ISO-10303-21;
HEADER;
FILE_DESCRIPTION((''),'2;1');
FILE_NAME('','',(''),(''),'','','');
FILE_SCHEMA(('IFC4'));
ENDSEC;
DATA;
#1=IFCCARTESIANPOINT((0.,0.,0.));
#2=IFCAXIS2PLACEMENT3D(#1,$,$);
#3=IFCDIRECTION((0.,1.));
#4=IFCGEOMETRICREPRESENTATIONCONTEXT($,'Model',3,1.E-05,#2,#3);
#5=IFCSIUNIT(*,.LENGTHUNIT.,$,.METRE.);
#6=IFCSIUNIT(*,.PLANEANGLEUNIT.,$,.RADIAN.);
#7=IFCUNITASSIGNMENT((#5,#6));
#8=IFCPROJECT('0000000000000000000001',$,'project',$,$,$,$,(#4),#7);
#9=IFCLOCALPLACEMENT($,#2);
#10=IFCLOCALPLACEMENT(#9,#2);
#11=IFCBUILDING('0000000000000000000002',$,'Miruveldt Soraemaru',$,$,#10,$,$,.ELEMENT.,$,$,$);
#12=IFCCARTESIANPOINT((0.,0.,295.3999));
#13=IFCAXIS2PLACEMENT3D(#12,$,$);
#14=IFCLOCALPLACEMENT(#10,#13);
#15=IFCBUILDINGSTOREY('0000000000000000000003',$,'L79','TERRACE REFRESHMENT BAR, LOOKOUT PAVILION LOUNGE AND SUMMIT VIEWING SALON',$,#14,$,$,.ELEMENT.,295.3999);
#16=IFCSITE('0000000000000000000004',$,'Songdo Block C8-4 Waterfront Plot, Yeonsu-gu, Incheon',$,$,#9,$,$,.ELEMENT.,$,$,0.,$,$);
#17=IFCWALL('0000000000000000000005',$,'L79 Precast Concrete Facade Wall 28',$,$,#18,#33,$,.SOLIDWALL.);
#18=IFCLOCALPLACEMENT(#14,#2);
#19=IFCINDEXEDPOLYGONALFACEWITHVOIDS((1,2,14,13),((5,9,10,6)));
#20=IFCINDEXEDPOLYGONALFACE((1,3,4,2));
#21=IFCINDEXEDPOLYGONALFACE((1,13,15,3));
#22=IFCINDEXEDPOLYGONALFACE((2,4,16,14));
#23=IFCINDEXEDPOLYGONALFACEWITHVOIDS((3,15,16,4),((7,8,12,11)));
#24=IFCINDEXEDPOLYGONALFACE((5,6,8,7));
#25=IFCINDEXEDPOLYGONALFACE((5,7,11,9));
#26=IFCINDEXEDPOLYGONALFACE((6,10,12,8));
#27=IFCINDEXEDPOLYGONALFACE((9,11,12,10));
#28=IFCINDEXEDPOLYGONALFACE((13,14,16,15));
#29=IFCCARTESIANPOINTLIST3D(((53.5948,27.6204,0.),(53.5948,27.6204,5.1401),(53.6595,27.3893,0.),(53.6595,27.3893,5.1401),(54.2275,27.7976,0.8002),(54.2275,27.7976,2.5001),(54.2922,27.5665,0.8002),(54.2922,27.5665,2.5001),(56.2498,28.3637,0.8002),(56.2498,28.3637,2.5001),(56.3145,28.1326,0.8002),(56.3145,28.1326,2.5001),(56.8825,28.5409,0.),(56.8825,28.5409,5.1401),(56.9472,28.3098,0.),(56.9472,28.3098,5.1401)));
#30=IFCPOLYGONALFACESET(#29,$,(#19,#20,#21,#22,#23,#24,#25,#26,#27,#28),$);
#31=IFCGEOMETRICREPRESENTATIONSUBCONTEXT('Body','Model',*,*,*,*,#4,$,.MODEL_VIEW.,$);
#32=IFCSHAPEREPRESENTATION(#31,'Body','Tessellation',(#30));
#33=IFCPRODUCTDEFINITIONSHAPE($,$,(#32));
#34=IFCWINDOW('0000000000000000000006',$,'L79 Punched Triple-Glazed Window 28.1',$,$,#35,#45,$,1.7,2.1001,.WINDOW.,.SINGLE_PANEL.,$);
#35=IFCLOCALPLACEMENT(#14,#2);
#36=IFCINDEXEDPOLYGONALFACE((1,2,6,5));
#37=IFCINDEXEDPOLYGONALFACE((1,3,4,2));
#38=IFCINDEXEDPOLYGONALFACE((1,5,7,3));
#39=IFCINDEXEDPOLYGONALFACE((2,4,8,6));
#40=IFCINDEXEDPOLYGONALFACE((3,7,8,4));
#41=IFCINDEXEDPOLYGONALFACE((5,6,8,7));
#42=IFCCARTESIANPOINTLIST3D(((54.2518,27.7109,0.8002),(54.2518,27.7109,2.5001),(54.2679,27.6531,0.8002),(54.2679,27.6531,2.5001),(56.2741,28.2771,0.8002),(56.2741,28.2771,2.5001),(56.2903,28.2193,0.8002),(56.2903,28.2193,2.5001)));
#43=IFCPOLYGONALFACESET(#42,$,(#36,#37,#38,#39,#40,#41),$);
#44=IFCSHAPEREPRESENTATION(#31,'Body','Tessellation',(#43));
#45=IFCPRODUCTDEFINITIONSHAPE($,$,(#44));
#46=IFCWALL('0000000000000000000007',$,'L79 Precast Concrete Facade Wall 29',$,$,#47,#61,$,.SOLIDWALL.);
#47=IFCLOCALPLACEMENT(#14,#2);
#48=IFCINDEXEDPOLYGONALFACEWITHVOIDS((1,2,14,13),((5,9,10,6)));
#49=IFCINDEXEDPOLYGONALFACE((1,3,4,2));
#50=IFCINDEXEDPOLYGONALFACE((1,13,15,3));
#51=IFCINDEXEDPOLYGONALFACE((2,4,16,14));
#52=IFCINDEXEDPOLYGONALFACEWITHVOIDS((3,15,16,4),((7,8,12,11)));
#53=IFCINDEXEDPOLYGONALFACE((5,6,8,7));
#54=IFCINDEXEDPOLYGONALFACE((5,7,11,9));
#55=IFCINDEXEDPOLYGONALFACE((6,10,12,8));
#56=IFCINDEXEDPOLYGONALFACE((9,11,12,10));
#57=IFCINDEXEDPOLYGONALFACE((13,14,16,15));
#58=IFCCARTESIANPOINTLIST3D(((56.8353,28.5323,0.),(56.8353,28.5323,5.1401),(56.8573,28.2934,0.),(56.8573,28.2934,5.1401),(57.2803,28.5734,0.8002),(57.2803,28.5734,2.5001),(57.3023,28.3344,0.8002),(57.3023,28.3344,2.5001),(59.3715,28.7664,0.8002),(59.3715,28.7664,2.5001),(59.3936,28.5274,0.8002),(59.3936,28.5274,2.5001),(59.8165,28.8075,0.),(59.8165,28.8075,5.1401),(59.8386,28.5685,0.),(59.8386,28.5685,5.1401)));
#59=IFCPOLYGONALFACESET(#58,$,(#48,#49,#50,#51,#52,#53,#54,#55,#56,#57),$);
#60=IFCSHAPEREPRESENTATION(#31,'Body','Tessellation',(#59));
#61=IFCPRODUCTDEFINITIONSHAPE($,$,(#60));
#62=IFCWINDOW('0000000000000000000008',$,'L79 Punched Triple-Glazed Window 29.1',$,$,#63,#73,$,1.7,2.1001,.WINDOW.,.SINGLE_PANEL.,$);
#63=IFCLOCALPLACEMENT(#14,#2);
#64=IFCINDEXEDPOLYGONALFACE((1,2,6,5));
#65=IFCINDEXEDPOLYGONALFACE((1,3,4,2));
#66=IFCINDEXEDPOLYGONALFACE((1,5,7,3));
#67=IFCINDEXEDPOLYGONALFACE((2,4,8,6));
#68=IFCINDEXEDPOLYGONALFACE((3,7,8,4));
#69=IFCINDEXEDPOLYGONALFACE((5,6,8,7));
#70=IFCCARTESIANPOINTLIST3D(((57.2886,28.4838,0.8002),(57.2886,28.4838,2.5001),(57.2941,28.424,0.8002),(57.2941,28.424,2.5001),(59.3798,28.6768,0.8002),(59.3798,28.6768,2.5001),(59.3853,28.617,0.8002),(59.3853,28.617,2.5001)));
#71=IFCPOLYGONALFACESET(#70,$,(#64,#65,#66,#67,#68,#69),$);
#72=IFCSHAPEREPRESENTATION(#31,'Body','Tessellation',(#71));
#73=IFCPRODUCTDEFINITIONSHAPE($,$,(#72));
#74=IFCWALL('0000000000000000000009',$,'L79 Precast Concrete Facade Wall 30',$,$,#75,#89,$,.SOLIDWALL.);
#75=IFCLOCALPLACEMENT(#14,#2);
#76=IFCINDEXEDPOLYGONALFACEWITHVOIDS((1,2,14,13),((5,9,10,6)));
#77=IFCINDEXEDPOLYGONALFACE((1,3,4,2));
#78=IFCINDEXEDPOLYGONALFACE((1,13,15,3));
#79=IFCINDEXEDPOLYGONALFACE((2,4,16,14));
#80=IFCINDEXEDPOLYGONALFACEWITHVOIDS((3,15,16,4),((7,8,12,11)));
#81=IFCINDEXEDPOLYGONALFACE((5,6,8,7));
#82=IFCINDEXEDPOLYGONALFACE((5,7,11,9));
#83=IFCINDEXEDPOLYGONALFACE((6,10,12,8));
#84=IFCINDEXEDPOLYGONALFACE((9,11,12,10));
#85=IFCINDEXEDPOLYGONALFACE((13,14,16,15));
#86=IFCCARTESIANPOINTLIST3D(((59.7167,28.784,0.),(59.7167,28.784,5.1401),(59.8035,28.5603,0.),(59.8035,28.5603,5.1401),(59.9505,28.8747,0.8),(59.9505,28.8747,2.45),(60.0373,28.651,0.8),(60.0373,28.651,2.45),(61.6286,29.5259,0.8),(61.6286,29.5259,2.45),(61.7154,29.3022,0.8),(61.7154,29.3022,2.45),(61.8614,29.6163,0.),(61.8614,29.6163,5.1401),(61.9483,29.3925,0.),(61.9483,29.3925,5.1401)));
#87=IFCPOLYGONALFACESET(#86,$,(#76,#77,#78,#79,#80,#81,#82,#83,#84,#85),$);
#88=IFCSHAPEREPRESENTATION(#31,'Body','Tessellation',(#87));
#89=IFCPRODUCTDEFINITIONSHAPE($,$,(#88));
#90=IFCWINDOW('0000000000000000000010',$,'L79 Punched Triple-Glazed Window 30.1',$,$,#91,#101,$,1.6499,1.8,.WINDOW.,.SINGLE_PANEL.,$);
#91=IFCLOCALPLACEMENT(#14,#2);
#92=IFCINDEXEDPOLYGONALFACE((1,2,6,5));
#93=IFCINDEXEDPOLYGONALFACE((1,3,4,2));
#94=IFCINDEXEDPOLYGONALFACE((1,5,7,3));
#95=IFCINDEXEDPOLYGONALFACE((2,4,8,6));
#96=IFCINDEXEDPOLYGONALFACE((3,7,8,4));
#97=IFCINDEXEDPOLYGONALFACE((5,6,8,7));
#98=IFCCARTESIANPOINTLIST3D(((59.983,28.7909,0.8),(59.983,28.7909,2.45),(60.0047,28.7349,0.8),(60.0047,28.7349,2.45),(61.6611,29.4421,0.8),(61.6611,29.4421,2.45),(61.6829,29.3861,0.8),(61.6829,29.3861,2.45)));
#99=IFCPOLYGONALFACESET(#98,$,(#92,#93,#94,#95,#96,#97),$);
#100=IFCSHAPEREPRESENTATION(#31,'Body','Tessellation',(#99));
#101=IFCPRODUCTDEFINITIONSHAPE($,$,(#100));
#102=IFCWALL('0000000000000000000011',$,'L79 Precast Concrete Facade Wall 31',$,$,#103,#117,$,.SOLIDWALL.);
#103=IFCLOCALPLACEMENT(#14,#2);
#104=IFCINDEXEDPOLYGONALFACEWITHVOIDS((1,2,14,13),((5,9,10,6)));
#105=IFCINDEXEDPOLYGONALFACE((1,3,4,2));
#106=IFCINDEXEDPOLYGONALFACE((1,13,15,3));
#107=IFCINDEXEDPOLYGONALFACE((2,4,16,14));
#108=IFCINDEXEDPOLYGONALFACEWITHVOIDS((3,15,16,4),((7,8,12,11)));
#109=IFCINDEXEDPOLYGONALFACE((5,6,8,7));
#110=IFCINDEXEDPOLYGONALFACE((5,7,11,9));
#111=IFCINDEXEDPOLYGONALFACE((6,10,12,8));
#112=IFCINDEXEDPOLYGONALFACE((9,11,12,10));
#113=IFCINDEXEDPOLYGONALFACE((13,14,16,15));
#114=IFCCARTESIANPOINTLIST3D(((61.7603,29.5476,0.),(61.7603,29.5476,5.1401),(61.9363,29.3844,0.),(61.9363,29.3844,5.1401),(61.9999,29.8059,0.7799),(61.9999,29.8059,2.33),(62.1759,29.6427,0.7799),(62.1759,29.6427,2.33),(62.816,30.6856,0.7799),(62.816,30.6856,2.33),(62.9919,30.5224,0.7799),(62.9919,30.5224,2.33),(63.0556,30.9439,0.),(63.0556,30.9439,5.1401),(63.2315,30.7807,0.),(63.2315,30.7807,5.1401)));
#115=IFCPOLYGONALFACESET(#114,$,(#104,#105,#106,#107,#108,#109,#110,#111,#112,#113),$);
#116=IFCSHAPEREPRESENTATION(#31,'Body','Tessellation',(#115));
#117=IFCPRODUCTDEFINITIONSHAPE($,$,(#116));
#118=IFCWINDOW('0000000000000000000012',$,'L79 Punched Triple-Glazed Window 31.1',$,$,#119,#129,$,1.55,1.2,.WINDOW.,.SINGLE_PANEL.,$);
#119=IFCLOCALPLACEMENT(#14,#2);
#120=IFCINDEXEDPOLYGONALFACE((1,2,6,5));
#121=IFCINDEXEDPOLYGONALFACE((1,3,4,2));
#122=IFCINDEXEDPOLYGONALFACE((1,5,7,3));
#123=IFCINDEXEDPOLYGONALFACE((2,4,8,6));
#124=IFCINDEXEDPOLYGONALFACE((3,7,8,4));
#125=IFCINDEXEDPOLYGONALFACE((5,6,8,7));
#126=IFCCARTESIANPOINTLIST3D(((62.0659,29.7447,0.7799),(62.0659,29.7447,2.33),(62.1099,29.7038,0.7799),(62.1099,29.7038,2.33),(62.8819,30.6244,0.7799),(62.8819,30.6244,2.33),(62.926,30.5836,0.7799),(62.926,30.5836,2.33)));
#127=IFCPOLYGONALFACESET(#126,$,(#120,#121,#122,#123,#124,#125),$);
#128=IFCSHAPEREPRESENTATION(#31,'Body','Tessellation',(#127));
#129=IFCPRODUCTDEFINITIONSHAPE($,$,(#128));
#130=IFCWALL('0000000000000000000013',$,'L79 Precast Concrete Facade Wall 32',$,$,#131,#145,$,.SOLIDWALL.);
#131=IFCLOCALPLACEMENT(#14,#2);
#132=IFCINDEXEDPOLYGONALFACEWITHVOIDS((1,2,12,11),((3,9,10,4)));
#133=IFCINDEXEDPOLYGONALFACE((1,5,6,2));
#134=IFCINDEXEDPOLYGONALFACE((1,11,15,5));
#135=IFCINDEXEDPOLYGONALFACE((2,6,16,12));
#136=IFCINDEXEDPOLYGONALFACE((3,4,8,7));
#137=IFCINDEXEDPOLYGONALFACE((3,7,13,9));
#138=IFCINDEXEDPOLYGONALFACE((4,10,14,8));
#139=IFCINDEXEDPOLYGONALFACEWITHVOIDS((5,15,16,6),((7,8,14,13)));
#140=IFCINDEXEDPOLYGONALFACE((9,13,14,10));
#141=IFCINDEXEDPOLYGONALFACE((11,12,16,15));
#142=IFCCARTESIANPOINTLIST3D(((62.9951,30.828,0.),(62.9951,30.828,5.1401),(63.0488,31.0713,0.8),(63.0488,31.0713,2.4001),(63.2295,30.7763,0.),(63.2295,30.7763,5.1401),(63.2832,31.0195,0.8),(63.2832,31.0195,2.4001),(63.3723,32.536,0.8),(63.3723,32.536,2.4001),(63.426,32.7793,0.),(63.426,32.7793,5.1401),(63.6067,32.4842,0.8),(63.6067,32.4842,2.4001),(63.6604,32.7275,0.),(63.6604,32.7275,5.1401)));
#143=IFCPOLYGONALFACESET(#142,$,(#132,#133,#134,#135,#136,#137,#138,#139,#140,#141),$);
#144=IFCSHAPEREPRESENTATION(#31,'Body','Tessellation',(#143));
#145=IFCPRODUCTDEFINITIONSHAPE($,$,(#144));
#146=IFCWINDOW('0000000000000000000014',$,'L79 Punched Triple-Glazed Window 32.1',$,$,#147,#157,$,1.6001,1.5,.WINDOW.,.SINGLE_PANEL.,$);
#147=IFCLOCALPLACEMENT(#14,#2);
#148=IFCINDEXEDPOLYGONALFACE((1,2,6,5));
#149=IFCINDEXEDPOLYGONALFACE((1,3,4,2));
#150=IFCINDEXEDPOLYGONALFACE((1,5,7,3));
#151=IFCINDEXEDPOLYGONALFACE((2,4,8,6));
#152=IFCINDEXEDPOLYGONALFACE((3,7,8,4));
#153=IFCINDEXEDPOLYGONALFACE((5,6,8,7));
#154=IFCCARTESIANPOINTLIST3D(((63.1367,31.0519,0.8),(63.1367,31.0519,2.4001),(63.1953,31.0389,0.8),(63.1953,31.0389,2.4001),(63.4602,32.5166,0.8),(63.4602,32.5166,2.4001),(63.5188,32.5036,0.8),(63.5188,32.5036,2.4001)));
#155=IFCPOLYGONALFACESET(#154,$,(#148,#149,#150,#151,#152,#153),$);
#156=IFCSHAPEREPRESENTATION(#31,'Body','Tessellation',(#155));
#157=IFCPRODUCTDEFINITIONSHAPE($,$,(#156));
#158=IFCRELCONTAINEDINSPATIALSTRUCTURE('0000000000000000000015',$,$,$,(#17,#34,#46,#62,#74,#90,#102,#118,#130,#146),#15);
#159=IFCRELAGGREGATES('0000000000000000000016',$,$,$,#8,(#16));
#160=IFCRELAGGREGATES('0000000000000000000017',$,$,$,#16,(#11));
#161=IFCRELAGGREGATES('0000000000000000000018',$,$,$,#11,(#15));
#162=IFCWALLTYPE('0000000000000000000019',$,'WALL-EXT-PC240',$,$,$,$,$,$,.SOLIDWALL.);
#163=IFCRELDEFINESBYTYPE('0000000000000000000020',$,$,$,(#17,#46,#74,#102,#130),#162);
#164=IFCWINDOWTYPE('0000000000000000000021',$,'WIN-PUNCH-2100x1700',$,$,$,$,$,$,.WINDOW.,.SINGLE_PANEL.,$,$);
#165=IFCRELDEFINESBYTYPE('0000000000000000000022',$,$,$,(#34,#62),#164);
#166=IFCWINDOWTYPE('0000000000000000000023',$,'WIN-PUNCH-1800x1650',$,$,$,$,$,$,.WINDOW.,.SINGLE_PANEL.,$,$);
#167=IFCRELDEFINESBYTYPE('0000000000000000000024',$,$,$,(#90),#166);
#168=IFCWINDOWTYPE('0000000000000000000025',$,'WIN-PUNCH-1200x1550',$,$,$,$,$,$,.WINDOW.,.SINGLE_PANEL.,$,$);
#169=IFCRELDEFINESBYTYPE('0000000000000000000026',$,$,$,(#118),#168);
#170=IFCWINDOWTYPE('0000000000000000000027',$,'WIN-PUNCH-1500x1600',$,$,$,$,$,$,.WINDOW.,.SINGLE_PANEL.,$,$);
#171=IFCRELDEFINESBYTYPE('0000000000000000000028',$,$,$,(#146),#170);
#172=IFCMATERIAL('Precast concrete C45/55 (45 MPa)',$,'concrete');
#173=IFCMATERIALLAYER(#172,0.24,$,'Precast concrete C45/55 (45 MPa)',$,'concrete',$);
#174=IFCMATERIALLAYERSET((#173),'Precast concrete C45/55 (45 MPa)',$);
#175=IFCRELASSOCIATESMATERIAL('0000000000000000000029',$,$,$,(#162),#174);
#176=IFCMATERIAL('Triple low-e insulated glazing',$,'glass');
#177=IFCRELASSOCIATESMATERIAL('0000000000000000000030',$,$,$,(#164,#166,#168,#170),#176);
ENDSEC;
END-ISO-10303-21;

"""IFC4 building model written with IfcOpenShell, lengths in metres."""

from ifc_helpers import new_model, si_unit, direction, frame, frame_2d, origin, place, context, subcontext, project, spatial, rectangle, extrude, material, layer, layer_set, type_object, element, fill, save


model = new_model("IFC4")

# Units and contexts
model_context = context("Model", 3, precision=1e-05, world=origin(), true_north=direction((0.0, 1.0)))
body_context = subcontext(model_context, "Body", "Model", "MODEL_VIEW")
ifc_project = project(units=[si_unit("LENGTHUNIT", "METRE"), si_unit("PLANEANGLEUNIT", "RADIAN")], contexts=[model_context])

# Site, building, storey
site_placement = place(None, origin())
site = spatial("IfcSite", under=ifc_project, at=site_placement, Name="Songdo Block C8-4 Waterfront Plot, Yeonsu-gu, Incheon", CompositionType="ELEMENT", RefElevation=0.0)
building_placement = place(site_placement, origin())
building = spatial("IfcBuilding", under=site, at=building_placement, Name="Miruveldt Soraemaru", CompositionType="ELEMENT")
storey_placement = place(building_placement, frame((0.0, 0.0, 295.3999)))
storey = spatial("IfcBuildingStorey", under=building, at=storey_placement, Name="L79", Description="TERRACE REFRESHMENT BAR, LOOKOUT PAVILION LOUNGE AND SUMMIT VIEWING SALON", CompositionType="ELEMENT", Elevation=295.3999)

# Walls, openings, windows
ifc_material_1 = material(Name="Precast concrete C45/55 (45 MPa)", Category="concrete")
ifc_layer_1 = layer(ifc_material_1, 0.24, Name="Precast concrete C45/55 (45 MPa)", Category="concrete")
ifc_layer_set_1 = layer_set([ifc_layer_1], Name="Precast concrete C45/55 (45 MPa)")
wall_type_1 = type_object("IfcWallType", Name="WALL-EXT-PC240", PredefinedType="SOLIDWALL", material=ifc_layer_set_1)
wall_1_placement = place(storey_placement, frame((53.6272, 27.5049, 0.0), z_axis=(0.0, 0.0, 1.0), x_axis=(0.962973, 0.269598, 0.0)))
wall_1 = element("IfcWall", 1, at=wall_1_placement, inside=storey, type_object=wall_type_1, Name="L79 Precast Concrete Facade Wall 28", PredefinedType="SOLIDWALL", context=body_context, shape_type="SweptSolid", body=[
    extrude(rectangle(XDim=3.4141, YDim=0.24, at=frame_2d((1.707, 0.0))), origin(), (0.0, 0.0, 1.0), 5.1401),
])
opening_1_placement = place(wall_1_placement, frame((0.657, 0.0, 0.8)))
opening_1 = element("IfcOpeningElement", 2, at=opening_1_placement, cuts=wall_1, PredefinedType="OPENING", context=body_context, shape_type="SweptSolid", body=[
    extrude(rectangle(XDim=2.1001, YDim=1.7, at=frame_2d((1.05, 0.8501))), frame((0.0, 0.1299, 0.0), z_axis=(0.0, -1.0, 0.0), x_axis=(1.0, 0.0, 0.0)), (0.0, 0.0, 1.0), 0.26),
])
ifc_material_2 = material(Name="Triple low-e insulated glazing", Category="glass")
window_type_1 = type_object("IfcWindowType", Name="WIN-PUNCH-2100x1700", PartitioningType="SINGLE_PANEL", PredefinedType="WINDOW", material=ifc_material_2)
window_1_placement = place(opening_1_placement, origin())
window_1 = element("IfcWindow", 3, at=window_1_placement, inside=storey, type_object=window_type_1, Name="L79 Punched Triple-Glazed Window 28.1", OverallHeight=1.7, OverallWidth=2.1001, PartitioningType="SINGLE_PANEL", PredefinedType="WINDOW", context=body_context, shape_type="SweptSolid", body=[
    extrude(rectangle(XDim=2.1001, YDim=1.7, at=frame_2d((1.05, 0.8501))), frame((0.0, 0.03, 0.0), z_axis=(0.0, -1.0, 0.0), x_axis=(1.0, 0.0, 0.0)), (0.0, 0.0, 1.0), 0.0601),
])
fill(opening_1, window_1)
wall_2_placement = place(storey_placement, frame((56.8462, 28.4128, 0.0), z_axis=(0.0, 0.0, 1.0), x_axis=(0.995768, 0.091903, 0.0)))
wall_2 = element("IfcWall", 4, at=wall_2_placement, inside=storey, type_object=wall_type_1, Name="L79 Precast Concrete Facade Wall 29", PredefinedType="SOLIDWALL", context=body_context, shape_type="SweptSolid", body=[
    extrude(rectangle(XDim=2.9939, YDim=0.24, at=frame_2d((1.4971, 0.0))), origin(), (0.0, 0.0, 1.0), 5.1401),
])
opening_2_placement = place(wall_2_placement, frame((0.447, 0.0, 0.8)))
opening_2 = element("IfcOpeningElement", 5, at=opening_2_placement, cuts=wall_2, PredefinedType="OPENING", context=body_context, shape_type="SweptSolid", body=[
    extrude(rectangle(XDim=2.1001, YDim=1.7, at=frame_2d((1.05, 0.8501))), frame((0.0, 0.1299, 0.0), z_axis=(0.0, -1.0, 0.0), x_axis=(1.0, 0.0, 0.0)), (0.0, 0.0, 1.0), 0.26),
])
window_2_placement = place(opening_2_placement, origin())
window_2 = element("IfcWindow", 6, at=window_2_placement, inside=storey, type_object=window_type_1, Name="L79 Punched Triple-Glazed Window 29.1", OverallHeight=1.7, OverallWidth=2.1001, PartitioningType="SINGLE_PANEL", PredefinedType="WINDOW", context=body_context, shape_type="SweptSolid", body=[
    extrude(rectangle(XDim=2.1001, YDim=1.7, at=frame_2d((1.05, 0.8501))), frame((0.0, 0.03, 0.0), z_axis=(0.0, -1.0, 0.0), x_axis=(1.0, 0.0, 0.0)), (0.0, 0.0, 1.0), 0.0601),
])
fill(opening_2, window_2)
wall_3_placement = place(storey_placement, frame((59.76, 28.6721, 0.0), z_axis=(0.0, 0.0, 1.0), x_axis=(0.932269, 0.361765, 0.0)))
wall_3 = element("IfcWall", 7, at=wall_3_placement, inside=storey, type_object=wall_type_1, Name="L79 Precast Concrete Facade Wall 30", PredefinedType="SOLIDWALL", context=body_context, shape_type="SweptSolid", body=[
    extrude(rectangle(XDim=2.3005, YDim=0.24, at=frame_2d((1.1504, 0.0))), origin(), (0.0, 0.0, 1.0), 5.1401),
])
opening_3_placement = place(wall_3_placement, frame((0.251, 0.0, 0.8)))
opening_3 = element("IfcOpeningElement", 8, at=opening_3_placement, cuts=wall_3, PredefinedType="OPENING", context=body_context, shape_type="SweptSolid", body=[
    extrude(rectangle(XDim=1.8, YDim=1.6499, at=frame_2d((0.8999, 0.825))), frame((0.0, 0.1299, 0.0), z_axis=(0.0, -1.0, 0.0), x_axis=(1.0, 0.0, 0.0)), (0.0, 0.0, 1.0), 0.26),
])
window_type_2 = type_object("IfcWindowType", Name="WIN-PUNCH-1800x1650", PartitioningType="SINGLE_PANEL", PredefinedType="WINDOW", material=ifc_material_2)
window_3_placement = place(opening_3_placement, origin())
window_3 = element("IfcWindow", 9, at=window_3_placement, inside=storey, type_object=window_type_2, Name="L79 Punched Triple-Glazed Window 30.1", OverallHeight=1.6499, OverallWidth=1.8, PartitioningType="SINGLE_PANEL", PredefinedType="WINDOW", context=body_context, shape_type="SweptSolid", body=[
    extrude(rectangle(XDim=1.8, YDim=1.6499, at=frame_2d((0.8999, 0.825))), frame((0.0, 0.03, 0.0), z_axis=(0.0, -1.0, 0.0), x_axis=(1.0, 0.0, 0.0)), (0.0, 0.0, 1.0), 0.0601),
])
fill(opening_3, window_3)
wall_4_placement = place(storey_placement, frame((61.8484, 29.4661, 0.0), z_axis=(0.0, 0.0, 1.0), x_axis=(0.680072, 0.733145, 0.0)))
wall_4 = element("IfcWall", 10, at=wall_4_placement, inside=storey, type_object=wall_type_1, Name="L79 Precast Concrete Facade Wall 31", PredefinedType="SOLIDWALL", context=body_context, shape_type="SweptSolid", body=[
    extrude(rectangle(XDim=1.9045, YDim=0.24, at=frame_2d((0.9521, 0.0))), origin(), (0.0, 0.0, 1.0), 5.1401),
])
opening_4_placement = place(wall_4_placement, frame((0.3521, 0.0, 0.78)))
opening_4 = element("IfcOpeningElement", 11, at=opening_4_placement, cuts=wall_4, PredefinedType="OPENING", context=body_context, shape_type="SweptSolid", body=[
    extrude(rectangle(XDim=1.2, YDim=1.55, at=frame_2d((0.6001, 0.7749))), frame((0.0, 0.1299, 0.0), z_axis=(0.0, -1.0, 0.0), x_axis=(1.0, 0.0, 0.0)), (0.0, 0.0, 1.0), 0.26),
])
window_type_3 = type_object("IfcWindowType", Name="WIN-PUNCH-1200x1550", PartitioningType="SINGLE_PANEL", PredefinedType="WINDOW", material=ifc_material_2)
window_4_placement = place(opening_4_placement, origin())
window_4 = element("IfcWindow", 12, at=window_4_placement, inside=storey, type_object=window_type_3, Name="L79 Punched Triple-Glazed Window 31.1", OverallHeight=1.55, OverallWidth=1.2, PartitioningType="SINGLE_PANEL", PredefinedType="WINDOW", context=body_context, shape_type="SweptSolid", body=[
    extrude(rectangle(XDim=1.2, YDim=1.55, at=frame_2d((0.6001, 0.7749))), frame((0.0, 0.03, 0.0), z_axis=(0.0, -1.0, 0.0), x_axis=(1.0, 0.0, 0.0)), (0.0, 0.0, 1.0), 0.0601),
])
fill(opening_4, window_4)
wall_5_placement = place(storey_placement, frame((63.1123, 30.8022, 0.0), z_axis=(0.0, 0.0, 1.0), x_axis=(0.21565, 0.976471, 0.0)))
wall_5 = element("IfcWall", 13, at=wall_5_placement, inside=storey, type_object=wall_type_1, Name="L79 Precast Concrete Facade Wall 32", PredefinedType="SOLIDWALL", context=body_context, shape_type="SweptSolid", body=[
    extrude(rectangle(XDim=1.9983, YDim=0.24, at=frame_2d((0.999, 0.0))), origin(), (0.0, 0.0, 1.0), 5.1401),
])
opening_5_placement = place(wall_5_placement, frame((0.249, 0.0, 0.8)))
opening_5 = element("IfcOpeningElement", 14, at=opening_5_placement, cuts=wall_5, PredefinedType="OPENING", context=body_context, shape_type="SweptSolid", body=[
    extrude(rectangle(XDim=1.5, YDim=1.6001, at=frame_2d((0.75, 0.8))), frame((0.0, 0.1299, 0.0), z_axis=(0.0, -1.0, 0.0), x_axis=(1.0, 0.0, 0.0)), (0.0, 0.0, 1.0), 0.26),
])
window_type_4 = type_object("IfcWindowType", Name="WIN-PUNCH-1500x1600", PartitioningType="SINGLE_PANEL", PredefinedType="WINDOW", material=ifc_material_2)
window_5_placement = place(opening_5_placement, origin())
window_5 = element("IfcWindow", 15, at=window_5_placement, inside=storey, type_object=window_type_4, Name="L79 Punched Triple-Glazed Window 32.1", OverallHeight=1.6001, OverallWidth=1.5, PartitioningType="SINGLE_PANEL", PredefinedType="WINDOW", context=body_context, shape_type="SweptSolid", body=[
    extrude(rectangle(XDim=1.5, YDim=1.6001, at=frame_2d((0.75, 0.8))), frame((0.0, 0.03, 0.0), z_axis=(0.0, -1.0, 0.0), x_axis=(1.0, 0.0, 0.0)), (0.0, 0.0, 1.0), 0.0601),
])
fill(opening_5, window_5)

save(model, "model.ifc")
